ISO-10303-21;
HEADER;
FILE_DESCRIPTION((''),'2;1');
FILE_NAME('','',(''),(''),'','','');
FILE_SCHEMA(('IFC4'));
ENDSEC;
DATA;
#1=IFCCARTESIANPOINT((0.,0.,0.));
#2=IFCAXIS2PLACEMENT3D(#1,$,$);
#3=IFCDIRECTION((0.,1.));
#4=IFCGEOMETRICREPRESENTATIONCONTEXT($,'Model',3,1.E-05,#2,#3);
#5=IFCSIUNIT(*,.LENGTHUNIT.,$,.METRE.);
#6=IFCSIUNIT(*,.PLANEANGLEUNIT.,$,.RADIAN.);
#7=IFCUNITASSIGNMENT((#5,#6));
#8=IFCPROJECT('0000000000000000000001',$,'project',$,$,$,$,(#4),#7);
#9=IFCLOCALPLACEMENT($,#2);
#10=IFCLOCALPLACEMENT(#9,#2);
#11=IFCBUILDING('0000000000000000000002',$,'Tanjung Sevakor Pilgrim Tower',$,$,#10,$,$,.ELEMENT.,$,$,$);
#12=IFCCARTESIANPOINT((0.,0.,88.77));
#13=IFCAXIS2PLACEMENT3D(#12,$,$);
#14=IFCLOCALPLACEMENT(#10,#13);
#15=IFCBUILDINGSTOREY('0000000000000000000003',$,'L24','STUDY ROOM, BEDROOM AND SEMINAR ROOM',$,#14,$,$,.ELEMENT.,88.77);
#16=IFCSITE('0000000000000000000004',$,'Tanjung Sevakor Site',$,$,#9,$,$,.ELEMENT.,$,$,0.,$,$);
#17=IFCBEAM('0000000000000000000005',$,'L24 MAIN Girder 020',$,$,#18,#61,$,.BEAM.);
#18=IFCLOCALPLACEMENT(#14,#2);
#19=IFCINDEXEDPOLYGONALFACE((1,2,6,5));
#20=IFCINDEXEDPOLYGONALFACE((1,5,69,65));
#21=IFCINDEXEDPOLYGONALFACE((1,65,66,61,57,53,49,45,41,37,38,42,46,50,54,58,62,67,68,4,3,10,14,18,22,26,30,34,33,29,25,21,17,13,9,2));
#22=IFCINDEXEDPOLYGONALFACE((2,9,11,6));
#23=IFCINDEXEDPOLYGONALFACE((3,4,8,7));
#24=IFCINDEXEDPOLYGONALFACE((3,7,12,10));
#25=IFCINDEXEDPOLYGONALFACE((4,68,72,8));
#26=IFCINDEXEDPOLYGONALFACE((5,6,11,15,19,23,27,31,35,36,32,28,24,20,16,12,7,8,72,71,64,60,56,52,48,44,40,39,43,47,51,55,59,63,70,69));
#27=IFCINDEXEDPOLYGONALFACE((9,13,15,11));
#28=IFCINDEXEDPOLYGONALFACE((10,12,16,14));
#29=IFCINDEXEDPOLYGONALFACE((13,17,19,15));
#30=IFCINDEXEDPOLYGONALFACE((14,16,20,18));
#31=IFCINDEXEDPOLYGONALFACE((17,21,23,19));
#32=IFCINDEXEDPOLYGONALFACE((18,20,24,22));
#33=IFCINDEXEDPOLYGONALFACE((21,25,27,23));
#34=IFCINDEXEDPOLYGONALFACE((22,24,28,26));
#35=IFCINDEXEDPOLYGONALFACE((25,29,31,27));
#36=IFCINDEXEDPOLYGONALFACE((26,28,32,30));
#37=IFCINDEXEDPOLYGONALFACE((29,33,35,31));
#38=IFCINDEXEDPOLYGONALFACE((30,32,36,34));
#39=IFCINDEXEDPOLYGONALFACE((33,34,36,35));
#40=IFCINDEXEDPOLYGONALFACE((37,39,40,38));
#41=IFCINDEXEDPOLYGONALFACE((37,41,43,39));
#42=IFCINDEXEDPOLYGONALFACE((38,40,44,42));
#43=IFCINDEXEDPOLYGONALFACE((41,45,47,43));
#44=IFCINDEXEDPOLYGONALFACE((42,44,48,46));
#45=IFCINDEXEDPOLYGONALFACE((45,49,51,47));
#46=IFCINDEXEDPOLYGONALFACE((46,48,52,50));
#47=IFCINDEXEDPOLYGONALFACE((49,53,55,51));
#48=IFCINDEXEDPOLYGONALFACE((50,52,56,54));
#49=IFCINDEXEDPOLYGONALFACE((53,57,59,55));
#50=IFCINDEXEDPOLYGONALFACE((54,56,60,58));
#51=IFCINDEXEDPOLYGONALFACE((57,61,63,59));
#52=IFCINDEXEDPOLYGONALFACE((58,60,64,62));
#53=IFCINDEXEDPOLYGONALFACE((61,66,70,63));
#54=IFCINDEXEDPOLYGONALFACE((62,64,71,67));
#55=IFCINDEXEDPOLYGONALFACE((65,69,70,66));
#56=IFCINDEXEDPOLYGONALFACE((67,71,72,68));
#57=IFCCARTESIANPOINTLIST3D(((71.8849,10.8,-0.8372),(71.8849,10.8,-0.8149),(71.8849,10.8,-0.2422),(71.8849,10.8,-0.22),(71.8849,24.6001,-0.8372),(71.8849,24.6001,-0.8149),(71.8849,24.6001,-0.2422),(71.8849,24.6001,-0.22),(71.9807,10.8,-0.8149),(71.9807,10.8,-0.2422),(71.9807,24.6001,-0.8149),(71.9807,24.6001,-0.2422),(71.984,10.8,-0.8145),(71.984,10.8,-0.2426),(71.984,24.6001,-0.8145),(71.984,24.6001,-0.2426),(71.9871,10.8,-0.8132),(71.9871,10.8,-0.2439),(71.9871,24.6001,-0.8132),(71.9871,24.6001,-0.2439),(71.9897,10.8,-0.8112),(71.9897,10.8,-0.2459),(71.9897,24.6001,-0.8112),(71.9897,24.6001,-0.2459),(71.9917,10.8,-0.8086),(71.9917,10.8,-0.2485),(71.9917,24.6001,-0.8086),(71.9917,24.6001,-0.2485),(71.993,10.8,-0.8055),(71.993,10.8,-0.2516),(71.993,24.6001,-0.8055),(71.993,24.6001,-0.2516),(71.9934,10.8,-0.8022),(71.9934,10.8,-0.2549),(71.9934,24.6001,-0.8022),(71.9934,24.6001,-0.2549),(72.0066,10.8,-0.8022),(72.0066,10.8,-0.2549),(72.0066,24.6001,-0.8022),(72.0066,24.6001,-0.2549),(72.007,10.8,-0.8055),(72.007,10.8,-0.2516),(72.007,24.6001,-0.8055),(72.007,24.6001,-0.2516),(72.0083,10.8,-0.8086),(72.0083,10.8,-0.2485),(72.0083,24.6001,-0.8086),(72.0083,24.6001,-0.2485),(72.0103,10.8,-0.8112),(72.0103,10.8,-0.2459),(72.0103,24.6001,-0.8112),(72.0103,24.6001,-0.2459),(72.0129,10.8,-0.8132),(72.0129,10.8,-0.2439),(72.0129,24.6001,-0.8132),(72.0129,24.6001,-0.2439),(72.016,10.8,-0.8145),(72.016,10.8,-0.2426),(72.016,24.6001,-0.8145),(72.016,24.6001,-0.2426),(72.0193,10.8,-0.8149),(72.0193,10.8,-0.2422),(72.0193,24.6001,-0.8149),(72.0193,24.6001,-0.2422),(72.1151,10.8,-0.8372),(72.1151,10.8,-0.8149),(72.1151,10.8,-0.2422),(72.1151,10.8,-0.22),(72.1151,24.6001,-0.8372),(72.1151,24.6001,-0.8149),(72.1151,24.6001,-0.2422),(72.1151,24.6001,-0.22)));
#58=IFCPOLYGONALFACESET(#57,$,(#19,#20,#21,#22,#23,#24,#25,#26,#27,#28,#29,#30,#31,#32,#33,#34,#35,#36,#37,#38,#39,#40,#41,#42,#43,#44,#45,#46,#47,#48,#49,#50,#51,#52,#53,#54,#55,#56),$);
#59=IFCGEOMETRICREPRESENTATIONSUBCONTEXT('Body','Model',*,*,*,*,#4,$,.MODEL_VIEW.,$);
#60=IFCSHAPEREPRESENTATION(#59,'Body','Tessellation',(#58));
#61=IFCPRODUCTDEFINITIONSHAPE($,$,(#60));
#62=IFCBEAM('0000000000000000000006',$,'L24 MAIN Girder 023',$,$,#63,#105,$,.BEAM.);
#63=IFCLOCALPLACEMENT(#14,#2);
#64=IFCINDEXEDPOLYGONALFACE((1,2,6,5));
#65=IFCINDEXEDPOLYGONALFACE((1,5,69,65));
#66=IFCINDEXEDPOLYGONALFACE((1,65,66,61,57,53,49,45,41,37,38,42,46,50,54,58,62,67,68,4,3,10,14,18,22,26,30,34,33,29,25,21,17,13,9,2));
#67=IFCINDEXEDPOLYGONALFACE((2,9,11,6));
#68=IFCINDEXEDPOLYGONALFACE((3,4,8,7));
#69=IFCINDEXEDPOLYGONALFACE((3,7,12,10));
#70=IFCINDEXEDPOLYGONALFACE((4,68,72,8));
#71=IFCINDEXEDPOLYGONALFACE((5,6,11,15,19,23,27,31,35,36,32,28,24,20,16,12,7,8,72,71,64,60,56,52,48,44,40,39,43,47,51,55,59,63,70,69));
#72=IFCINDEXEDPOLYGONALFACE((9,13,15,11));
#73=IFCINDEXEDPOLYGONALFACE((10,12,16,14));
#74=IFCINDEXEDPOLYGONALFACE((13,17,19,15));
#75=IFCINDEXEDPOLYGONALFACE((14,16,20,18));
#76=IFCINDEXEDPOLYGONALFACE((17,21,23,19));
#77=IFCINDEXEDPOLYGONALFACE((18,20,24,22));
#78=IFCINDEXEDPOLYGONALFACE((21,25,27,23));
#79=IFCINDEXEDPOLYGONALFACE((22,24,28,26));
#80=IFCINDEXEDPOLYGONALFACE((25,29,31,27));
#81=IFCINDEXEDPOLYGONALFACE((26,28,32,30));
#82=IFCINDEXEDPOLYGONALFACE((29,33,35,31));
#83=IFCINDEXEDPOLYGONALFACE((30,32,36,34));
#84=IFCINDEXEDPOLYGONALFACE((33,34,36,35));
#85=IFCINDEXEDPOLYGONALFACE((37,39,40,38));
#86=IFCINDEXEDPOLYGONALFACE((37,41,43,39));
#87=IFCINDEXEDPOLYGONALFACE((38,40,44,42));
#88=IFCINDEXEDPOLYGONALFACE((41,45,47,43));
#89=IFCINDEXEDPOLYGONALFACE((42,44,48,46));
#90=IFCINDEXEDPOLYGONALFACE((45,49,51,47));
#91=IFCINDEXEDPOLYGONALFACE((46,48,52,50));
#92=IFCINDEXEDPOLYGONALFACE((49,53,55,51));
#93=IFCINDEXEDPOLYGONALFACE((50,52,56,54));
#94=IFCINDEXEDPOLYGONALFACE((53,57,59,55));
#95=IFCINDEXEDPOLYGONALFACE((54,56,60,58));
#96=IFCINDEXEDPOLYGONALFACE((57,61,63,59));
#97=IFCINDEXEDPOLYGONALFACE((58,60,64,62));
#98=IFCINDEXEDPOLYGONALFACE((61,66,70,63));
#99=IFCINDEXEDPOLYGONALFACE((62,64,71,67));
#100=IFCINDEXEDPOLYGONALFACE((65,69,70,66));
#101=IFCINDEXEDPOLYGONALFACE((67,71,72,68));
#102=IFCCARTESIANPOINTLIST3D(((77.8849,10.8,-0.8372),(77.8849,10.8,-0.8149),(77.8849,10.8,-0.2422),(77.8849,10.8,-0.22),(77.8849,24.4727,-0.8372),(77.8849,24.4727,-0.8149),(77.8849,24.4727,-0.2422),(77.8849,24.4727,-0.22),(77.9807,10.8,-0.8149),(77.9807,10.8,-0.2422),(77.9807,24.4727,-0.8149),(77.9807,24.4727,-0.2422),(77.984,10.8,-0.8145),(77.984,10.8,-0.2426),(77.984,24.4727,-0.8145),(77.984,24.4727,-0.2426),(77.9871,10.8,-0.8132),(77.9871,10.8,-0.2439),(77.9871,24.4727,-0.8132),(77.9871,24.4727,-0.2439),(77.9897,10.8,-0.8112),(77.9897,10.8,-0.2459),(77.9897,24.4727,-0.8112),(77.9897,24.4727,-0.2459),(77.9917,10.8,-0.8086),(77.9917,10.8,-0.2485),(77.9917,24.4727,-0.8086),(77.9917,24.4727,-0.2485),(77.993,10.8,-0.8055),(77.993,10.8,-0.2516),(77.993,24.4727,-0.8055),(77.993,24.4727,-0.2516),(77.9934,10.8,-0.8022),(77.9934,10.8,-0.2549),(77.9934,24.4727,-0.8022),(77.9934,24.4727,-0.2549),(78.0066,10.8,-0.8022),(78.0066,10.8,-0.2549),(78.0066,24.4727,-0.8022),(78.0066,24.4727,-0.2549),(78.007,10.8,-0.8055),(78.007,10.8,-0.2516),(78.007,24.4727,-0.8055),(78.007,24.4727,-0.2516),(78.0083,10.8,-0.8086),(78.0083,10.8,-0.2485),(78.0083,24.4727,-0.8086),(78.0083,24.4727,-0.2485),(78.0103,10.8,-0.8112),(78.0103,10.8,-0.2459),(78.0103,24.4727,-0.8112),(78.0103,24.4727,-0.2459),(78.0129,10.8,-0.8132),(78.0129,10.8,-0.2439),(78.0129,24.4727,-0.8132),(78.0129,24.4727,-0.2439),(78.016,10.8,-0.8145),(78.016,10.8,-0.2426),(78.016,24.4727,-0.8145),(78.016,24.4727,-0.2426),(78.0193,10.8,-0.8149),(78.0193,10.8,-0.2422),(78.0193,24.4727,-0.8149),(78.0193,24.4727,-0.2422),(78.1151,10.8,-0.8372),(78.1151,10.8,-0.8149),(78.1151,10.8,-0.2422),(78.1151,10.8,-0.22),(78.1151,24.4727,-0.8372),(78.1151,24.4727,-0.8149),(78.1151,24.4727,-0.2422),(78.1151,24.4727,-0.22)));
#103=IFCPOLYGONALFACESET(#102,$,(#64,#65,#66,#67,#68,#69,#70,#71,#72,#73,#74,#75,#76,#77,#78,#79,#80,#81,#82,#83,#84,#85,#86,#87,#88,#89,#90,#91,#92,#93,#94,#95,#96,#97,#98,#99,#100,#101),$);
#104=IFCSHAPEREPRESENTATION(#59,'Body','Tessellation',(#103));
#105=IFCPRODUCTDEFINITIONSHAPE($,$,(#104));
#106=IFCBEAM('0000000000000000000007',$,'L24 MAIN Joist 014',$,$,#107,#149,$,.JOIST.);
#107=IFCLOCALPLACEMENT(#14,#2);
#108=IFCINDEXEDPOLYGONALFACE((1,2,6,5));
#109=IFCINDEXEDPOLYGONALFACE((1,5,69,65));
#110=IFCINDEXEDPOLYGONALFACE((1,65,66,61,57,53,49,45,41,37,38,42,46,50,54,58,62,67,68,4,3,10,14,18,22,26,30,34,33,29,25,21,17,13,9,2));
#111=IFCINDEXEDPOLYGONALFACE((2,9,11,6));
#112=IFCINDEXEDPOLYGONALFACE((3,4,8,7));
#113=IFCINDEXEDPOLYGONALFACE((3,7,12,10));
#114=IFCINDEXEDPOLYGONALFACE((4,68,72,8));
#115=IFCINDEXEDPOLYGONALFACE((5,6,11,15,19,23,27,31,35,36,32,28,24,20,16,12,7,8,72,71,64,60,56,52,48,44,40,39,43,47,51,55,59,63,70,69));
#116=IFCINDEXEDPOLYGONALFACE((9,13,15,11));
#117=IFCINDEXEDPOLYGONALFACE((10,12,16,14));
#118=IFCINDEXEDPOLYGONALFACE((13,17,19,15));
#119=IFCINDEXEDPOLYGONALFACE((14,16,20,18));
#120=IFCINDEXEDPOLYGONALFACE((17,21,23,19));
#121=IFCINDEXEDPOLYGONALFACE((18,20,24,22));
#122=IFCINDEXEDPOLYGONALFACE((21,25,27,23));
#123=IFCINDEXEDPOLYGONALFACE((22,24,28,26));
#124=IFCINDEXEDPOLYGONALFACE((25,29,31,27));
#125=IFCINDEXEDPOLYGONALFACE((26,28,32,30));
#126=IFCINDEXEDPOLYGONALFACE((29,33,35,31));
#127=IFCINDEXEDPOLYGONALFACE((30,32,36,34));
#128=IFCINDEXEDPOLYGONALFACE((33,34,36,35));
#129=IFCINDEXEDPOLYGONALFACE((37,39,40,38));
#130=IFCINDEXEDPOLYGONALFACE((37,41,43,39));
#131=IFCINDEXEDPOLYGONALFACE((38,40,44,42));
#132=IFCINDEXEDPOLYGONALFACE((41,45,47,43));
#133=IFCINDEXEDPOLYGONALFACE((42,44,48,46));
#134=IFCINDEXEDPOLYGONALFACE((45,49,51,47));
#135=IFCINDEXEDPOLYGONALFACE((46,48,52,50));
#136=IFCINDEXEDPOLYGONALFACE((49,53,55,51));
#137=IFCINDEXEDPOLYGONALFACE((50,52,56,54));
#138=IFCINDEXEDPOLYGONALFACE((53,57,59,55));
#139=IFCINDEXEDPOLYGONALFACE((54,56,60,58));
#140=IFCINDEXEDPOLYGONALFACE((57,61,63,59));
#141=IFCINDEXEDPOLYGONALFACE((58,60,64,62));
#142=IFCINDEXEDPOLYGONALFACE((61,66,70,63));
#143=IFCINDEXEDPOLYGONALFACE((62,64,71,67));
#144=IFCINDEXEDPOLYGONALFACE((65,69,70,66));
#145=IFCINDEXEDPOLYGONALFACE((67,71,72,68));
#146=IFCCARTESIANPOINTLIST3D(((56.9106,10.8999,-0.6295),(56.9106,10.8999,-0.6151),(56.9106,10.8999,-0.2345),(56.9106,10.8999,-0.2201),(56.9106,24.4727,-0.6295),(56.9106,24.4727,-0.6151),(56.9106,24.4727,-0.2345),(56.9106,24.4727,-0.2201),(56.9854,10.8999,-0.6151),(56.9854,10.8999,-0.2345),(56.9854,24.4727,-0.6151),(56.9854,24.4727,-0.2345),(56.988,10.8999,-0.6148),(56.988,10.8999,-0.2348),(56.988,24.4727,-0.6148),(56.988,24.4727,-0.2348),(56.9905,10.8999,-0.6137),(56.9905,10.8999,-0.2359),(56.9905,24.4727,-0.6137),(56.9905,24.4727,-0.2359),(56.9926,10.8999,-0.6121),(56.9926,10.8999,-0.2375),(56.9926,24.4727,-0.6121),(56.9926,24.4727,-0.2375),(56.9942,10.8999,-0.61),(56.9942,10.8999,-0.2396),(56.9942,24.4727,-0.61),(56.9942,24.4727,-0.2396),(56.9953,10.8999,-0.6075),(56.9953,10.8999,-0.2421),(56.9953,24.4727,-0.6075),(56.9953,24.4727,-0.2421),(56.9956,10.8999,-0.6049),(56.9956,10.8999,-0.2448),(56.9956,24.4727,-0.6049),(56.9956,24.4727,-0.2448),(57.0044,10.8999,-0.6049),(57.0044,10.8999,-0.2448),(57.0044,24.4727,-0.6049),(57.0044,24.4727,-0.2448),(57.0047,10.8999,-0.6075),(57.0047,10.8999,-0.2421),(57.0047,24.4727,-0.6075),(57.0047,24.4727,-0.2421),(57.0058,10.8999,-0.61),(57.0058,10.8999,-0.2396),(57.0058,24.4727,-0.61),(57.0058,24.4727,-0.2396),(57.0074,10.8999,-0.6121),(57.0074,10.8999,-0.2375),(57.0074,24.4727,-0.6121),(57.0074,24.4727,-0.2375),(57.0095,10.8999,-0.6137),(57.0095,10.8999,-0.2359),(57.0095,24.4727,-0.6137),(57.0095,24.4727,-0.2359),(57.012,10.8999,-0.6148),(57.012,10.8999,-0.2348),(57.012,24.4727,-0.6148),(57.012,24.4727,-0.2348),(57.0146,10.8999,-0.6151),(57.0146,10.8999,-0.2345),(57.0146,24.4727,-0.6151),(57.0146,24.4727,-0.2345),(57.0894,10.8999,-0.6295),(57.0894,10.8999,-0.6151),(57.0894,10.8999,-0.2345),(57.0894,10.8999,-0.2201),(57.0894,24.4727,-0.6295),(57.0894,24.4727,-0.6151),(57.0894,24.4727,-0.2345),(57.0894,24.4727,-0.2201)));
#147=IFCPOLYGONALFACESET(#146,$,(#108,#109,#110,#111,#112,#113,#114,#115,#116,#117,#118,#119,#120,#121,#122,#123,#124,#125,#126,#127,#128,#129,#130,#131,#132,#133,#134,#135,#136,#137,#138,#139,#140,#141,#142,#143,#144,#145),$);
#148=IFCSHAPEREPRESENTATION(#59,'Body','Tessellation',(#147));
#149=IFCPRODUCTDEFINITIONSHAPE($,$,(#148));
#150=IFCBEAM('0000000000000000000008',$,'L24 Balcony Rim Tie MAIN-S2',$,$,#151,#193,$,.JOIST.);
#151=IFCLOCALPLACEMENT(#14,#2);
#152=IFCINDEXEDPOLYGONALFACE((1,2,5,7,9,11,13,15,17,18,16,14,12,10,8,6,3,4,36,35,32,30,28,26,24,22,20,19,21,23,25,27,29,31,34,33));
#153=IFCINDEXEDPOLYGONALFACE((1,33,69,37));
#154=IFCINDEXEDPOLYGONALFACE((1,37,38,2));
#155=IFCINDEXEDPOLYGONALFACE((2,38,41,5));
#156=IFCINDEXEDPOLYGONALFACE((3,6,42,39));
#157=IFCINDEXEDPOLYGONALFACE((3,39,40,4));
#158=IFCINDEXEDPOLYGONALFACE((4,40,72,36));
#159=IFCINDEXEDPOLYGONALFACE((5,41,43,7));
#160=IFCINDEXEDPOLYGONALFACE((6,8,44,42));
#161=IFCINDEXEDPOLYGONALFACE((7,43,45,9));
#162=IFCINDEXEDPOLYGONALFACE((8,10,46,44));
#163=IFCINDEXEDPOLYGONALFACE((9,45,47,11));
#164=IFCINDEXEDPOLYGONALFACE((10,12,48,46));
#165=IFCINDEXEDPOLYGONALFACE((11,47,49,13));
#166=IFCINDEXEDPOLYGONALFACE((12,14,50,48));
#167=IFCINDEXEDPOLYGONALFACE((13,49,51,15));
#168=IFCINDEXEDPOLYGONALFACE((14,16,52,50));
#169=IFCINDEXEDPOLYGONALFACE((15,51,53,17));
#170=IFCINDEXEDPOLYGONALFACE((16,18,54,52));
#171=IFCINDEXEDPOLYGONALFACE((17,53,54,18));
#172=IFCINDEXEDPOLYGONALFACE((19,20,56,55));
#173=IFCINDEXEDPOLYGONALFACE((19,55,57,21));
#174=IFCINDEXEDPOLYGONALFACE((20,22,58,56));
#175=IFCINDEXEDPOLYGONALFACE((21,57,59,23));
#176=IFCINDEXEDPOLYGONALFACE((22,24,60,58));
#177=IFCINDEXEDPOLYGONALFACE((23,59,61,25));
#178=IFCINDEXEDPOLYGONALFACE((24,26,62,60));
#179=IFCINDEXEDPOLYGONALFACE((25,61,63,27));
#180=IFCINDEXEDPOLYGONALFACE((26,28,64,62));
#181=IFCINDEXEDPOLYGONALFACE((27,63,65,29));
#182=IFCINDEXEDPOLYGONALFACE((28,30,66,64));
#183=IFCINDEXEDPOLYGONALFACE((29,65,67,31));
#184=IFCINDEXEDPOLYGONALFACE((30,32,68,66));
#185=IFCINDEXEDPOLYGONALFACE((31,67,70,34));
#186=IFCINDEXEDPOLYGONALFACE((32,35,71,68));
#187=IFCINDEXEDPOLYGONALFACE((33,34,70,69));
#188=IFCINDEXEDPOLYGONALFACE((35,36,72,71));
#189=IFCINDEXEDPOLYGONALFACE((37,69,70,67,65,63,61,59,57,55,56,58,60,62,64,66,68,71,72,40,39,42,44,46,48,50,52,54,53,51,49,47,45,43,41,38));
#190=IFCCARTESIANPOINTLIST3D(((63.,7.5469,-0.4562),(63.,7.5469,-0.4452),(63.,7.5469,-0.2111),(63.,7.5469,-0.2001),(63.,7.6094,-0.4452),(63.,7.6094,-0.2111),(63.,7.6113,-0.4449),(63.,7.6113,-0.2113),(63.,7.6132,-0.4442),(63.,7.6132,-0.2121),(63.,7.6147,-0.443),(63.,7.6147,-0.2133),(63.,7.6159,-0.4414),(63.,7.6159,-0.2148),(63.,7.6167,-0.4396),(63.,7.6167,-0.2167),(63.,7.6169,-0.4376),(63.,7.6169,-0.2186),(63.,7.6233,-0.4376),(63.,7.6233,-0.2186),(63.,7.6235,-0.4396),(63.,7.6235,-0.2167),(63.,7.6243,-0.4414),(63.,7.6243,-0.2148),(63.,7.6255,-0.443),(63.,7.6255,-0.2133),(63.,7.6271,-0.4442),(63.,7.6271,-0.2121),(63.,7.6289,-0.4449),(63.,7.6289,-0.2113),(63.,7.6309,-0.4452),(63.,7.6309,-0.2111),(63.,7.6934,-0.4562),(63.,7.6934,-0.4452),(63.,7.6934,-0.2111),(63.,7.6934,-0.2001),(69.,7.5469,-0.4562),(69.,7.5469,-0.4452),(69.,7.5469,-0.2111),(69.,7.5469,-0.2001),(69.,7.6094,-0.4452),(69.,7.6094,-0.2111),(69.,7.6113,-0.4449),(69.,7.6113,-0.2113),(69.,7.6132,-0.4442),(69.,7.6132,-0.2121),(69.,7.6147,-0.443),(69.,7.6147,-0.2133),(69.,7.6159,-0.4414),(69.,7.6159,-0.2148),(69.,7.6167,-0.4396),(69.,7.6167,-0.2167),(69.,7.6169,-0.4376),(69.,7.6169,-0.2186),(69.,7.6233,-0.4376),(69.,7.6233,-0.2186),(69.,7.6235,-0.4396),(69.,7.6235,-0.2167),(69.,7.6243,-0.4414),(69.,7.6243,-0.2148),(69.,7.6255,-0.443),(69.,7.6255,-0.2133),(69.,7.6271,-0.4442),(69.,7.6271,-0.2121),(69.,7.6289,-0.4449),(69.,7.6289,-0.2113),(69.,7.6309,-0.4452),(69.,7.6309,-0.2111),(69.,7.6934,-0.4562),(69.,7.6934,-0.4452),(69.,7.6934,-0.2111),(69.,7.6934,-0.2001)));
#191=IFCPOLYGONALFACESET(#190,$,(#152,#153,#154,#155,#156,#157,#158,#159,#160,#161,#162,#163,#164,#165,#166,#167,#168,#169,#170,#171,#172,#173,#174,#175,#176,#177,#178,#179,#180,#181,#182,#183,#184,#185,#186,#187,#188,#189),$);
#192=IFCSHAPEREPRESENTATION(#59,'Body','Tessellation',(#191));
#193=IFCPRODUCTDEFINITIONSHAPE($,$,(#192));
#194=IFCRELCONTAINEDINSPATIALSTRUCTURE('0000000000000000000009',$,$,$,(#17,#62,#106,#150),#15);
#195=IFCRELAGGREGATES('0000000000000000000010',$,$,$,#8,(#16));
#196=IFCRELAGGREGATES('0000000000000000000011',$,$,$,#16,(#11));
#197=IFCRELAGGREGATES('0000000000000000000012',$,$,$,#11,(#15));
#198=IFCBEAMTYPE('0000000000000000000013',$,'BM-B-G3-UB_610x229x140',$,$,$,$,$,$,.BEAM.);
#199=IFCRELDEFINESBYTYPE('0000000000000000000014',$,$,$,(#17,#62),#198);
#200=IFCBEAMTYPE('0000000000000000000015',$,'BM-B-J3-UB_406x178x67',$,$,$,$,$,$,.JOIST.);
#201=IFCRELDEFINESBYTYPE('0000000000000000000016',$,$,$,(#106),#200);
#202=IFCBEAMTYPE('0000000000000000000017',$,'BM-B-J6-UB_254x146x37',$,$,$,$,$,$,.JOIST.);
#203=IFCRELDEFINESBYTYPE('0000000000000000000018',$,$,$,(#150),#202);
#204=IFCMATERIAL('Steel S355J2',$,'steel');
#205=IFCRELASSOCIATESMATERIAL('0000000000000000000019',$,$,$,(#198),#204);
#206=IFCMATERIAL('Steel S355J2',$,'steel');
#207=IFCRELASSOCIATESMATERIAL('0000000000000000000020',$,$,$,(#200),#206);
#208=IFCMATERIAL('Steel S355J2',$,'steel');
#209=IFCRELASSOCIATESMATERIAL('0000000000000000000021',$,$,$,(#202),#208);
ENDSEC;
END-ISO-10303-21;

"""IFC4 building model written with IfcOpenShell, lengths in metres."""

from ifc_helpers import new_model, si_unit, direction, frame, origin, origin_2d, place, context, subcontext, project, spatial, i_section, extrude, material, material_profile, profile_set, type_object, element, save


model = new_model("IFC4")

# Units and contexts
model_context = context("Model", 3, precision=1e-05, world=origin(), true_north=direction((0.0, 1.0)))
body_context = subcontext(model_context, "Body", "Model", "MODEL_VIEW")
ifc_project = project(units=[si_unit("LENGTHUNIT", "METRE"), si_unit("PLANEANGLEUNIT", "RADIAN")], contexts=[model_context])

# Site, building, storey
site_placement = place(None, origin())
site = spatial("IfcSite", under=ifc_project, at=site_placement, Name="Tanjung Sevakor Site", CompositionType="ELEMENT", RefElevation=0.0)
building_placement = place(site_placement, origin())
building = spatial("IfcBuilding", under=site, at=building_placement, Name="Tanjung Sevakor Pilgrim Tower", CompositionType="ELEMENT")
storey_placement = place(building_placement, frame((0.0, 0.0, 88.77)))
storey = spatial("IfcBuildingStorey", under=building, at=storey_placement, Name="L24", Description="STUDY ROOM, BEDROOM AND SEMINAR ROOM", CompositionType="ELEMENT", Elevation=88.77)

# Beams
ifc_material_1 = material(Name="Steel S355J2", Category="steel")
ifc_material_profile_1 = material_profile(ifc_material_1, i_section(OverallWidth=0.2302, OverallDepth=0.6172, WebThickness=0.0132, FlangeThickness=0.0222, FilletRadius=0.0127, at=origin_2d()))
ifc_profile_set_1 = profile_set([ifc_material_profile_1], Name="Steel S355J2")
beam_type_1 = type_object("IfcBeamType", Name="BM-B-G3-UB_610x229x140", PredefinedType="BEAM", material=ifc_profile_set_1)
for number, where, z_axis, x_axis, name in (
    (1, (72.0, 10.8, -0.5286), (0.0, 1.0, 0.0), (-1.0, 0.0, 0.0), "L24 MAIN Girder 020"),
):
    element("IfcBeam", number, at=place(storey_placement, frame(where, z_axis=z_axis, x_axis=x_axis)), inside=storey, type_object=beam_type_1, Name=name, PredefinedType="BEAM", context=body_context, shape_type="SweptSolid", body=[
        extrude(i_section(OverallWidth=0.2302, OverallDepth=0.6172, WebThickness=0.0132, FlangeThickness=0.0222, FilletRadius=0.0127, at=origin_2d()), origin(), (0.0, 0.0, 1.0), 13.8),
    ])
beam_1_placement = place(storey_placement, frame((78.0, 10.8, -0.5286), z_axis=(0.0, 1.0, 0.0), x_axis=(-1.0, 0.0, 0.0)))
element("IfcBeam", 2, at=beam_1_placement, inside=storey, type_object=beam_type_1, Name="L24 MAIN Girder 023", PredefinedType="BEAM", context=body_context, shape_type="SweptSolid", body=[
    extrude(i_section(OverallWidth=0.2302, OverallDepth=0.6172, WebThickness=0.0132, FlangeThickness=0.0222, FilletRadius=0.0127, at=origin_2d()), origin(), (0.0, 0.0, 1.0), 13.6726),
])
ifc_material_2 = material(Name="Steel S355J2", Category="steel")
ifc_material_profile_2 = material_profile(ifc_material_2, i_section(OverallWidth=0.1787, OverallDepth=0.4094, WebThickness=0.0088, FlangeThickness=0.0144, FilletRadius=0.0103, at=origin_2d()))
ifc_profile_set_2 = profile_set([ifc_material_profile_2], Name="Steel S355J2")
beam_type_2 = type_object("IfcBeamType", Name="BM-B-J3-UB_406x178x67", PredefinedType="JOIST", material=ifc_profile_set_2)
beam_2_placement = place(storey_placement, frame((57.0, 10.8999, -0.4248), z_axis=(0.0, 1.0, 0.0), x_axis=(-1.0, 0.0, 0.0)))
element("IfcBeam", 3, at=beam_2_placement, inside=storey, type_object=beam_type_2, Name="L24 MAIN Joist 014", PredefinedType="JOIST", context=body_context, shape_type="SweptSolid", body=[
    extrude(i_section(OverallWidth=0.1787, OverallDepth=0.4094, WebThickness=0.0088, FlangeThickness=0.0144, FilletRadius=0.0103, at=origin_2d()), origin(), (0.0, 0.0, 1.0), 13.5728),
])
ifc_material_3 = material(Name="Steel S355J2", Category="steel")
ifc_material_profile_3 = material_profile(ifc_material_3, i_section(OverallWidth=0.1465, OverallDepth=0.2561, WebThickness=0.0063, FlangeThickness=0.011, FilletRadius=0.0076, at=origin_2d()))
ifc_profile_set_3 = profile_set([ifc_material_profile_3], Name="Steel S355J2")
beam_type_3 = type_object("IfcBeamType", Name="BM-B-J6-UB_254x146x37", PredefinedType="JOIST", material=ifc_profile_set_3)
for number, where, z_axis, x_axis, name in (
    (4, (63.0, 7.6201, -0.3281), (1.0, 0.0, 0.0), (0.0, 1.0, 0.0), "L24 Balcony Rim Tie MAIN-S2"),
):
    element("IfcBeam", number, at=place(storey_placement, frame(where, z_axis=z_axis, x_axis=x_axis)), inside=storey, type_object=beam_type_3, Name=name, PredefinedType="JOIST", context=body_context, shape_type="SweptSolid", body=[
        extrude(i_section(OverallWidth=0.1465, OverallDepth=0.2561, WebThickness=0.0063, FlangeThickness=0.011, FilletRadius=0.0076, at=origin_2d()), origin(), (0.0, 0.0, 1.0), 6.0),
    ])

save(model, "model.ifc")
